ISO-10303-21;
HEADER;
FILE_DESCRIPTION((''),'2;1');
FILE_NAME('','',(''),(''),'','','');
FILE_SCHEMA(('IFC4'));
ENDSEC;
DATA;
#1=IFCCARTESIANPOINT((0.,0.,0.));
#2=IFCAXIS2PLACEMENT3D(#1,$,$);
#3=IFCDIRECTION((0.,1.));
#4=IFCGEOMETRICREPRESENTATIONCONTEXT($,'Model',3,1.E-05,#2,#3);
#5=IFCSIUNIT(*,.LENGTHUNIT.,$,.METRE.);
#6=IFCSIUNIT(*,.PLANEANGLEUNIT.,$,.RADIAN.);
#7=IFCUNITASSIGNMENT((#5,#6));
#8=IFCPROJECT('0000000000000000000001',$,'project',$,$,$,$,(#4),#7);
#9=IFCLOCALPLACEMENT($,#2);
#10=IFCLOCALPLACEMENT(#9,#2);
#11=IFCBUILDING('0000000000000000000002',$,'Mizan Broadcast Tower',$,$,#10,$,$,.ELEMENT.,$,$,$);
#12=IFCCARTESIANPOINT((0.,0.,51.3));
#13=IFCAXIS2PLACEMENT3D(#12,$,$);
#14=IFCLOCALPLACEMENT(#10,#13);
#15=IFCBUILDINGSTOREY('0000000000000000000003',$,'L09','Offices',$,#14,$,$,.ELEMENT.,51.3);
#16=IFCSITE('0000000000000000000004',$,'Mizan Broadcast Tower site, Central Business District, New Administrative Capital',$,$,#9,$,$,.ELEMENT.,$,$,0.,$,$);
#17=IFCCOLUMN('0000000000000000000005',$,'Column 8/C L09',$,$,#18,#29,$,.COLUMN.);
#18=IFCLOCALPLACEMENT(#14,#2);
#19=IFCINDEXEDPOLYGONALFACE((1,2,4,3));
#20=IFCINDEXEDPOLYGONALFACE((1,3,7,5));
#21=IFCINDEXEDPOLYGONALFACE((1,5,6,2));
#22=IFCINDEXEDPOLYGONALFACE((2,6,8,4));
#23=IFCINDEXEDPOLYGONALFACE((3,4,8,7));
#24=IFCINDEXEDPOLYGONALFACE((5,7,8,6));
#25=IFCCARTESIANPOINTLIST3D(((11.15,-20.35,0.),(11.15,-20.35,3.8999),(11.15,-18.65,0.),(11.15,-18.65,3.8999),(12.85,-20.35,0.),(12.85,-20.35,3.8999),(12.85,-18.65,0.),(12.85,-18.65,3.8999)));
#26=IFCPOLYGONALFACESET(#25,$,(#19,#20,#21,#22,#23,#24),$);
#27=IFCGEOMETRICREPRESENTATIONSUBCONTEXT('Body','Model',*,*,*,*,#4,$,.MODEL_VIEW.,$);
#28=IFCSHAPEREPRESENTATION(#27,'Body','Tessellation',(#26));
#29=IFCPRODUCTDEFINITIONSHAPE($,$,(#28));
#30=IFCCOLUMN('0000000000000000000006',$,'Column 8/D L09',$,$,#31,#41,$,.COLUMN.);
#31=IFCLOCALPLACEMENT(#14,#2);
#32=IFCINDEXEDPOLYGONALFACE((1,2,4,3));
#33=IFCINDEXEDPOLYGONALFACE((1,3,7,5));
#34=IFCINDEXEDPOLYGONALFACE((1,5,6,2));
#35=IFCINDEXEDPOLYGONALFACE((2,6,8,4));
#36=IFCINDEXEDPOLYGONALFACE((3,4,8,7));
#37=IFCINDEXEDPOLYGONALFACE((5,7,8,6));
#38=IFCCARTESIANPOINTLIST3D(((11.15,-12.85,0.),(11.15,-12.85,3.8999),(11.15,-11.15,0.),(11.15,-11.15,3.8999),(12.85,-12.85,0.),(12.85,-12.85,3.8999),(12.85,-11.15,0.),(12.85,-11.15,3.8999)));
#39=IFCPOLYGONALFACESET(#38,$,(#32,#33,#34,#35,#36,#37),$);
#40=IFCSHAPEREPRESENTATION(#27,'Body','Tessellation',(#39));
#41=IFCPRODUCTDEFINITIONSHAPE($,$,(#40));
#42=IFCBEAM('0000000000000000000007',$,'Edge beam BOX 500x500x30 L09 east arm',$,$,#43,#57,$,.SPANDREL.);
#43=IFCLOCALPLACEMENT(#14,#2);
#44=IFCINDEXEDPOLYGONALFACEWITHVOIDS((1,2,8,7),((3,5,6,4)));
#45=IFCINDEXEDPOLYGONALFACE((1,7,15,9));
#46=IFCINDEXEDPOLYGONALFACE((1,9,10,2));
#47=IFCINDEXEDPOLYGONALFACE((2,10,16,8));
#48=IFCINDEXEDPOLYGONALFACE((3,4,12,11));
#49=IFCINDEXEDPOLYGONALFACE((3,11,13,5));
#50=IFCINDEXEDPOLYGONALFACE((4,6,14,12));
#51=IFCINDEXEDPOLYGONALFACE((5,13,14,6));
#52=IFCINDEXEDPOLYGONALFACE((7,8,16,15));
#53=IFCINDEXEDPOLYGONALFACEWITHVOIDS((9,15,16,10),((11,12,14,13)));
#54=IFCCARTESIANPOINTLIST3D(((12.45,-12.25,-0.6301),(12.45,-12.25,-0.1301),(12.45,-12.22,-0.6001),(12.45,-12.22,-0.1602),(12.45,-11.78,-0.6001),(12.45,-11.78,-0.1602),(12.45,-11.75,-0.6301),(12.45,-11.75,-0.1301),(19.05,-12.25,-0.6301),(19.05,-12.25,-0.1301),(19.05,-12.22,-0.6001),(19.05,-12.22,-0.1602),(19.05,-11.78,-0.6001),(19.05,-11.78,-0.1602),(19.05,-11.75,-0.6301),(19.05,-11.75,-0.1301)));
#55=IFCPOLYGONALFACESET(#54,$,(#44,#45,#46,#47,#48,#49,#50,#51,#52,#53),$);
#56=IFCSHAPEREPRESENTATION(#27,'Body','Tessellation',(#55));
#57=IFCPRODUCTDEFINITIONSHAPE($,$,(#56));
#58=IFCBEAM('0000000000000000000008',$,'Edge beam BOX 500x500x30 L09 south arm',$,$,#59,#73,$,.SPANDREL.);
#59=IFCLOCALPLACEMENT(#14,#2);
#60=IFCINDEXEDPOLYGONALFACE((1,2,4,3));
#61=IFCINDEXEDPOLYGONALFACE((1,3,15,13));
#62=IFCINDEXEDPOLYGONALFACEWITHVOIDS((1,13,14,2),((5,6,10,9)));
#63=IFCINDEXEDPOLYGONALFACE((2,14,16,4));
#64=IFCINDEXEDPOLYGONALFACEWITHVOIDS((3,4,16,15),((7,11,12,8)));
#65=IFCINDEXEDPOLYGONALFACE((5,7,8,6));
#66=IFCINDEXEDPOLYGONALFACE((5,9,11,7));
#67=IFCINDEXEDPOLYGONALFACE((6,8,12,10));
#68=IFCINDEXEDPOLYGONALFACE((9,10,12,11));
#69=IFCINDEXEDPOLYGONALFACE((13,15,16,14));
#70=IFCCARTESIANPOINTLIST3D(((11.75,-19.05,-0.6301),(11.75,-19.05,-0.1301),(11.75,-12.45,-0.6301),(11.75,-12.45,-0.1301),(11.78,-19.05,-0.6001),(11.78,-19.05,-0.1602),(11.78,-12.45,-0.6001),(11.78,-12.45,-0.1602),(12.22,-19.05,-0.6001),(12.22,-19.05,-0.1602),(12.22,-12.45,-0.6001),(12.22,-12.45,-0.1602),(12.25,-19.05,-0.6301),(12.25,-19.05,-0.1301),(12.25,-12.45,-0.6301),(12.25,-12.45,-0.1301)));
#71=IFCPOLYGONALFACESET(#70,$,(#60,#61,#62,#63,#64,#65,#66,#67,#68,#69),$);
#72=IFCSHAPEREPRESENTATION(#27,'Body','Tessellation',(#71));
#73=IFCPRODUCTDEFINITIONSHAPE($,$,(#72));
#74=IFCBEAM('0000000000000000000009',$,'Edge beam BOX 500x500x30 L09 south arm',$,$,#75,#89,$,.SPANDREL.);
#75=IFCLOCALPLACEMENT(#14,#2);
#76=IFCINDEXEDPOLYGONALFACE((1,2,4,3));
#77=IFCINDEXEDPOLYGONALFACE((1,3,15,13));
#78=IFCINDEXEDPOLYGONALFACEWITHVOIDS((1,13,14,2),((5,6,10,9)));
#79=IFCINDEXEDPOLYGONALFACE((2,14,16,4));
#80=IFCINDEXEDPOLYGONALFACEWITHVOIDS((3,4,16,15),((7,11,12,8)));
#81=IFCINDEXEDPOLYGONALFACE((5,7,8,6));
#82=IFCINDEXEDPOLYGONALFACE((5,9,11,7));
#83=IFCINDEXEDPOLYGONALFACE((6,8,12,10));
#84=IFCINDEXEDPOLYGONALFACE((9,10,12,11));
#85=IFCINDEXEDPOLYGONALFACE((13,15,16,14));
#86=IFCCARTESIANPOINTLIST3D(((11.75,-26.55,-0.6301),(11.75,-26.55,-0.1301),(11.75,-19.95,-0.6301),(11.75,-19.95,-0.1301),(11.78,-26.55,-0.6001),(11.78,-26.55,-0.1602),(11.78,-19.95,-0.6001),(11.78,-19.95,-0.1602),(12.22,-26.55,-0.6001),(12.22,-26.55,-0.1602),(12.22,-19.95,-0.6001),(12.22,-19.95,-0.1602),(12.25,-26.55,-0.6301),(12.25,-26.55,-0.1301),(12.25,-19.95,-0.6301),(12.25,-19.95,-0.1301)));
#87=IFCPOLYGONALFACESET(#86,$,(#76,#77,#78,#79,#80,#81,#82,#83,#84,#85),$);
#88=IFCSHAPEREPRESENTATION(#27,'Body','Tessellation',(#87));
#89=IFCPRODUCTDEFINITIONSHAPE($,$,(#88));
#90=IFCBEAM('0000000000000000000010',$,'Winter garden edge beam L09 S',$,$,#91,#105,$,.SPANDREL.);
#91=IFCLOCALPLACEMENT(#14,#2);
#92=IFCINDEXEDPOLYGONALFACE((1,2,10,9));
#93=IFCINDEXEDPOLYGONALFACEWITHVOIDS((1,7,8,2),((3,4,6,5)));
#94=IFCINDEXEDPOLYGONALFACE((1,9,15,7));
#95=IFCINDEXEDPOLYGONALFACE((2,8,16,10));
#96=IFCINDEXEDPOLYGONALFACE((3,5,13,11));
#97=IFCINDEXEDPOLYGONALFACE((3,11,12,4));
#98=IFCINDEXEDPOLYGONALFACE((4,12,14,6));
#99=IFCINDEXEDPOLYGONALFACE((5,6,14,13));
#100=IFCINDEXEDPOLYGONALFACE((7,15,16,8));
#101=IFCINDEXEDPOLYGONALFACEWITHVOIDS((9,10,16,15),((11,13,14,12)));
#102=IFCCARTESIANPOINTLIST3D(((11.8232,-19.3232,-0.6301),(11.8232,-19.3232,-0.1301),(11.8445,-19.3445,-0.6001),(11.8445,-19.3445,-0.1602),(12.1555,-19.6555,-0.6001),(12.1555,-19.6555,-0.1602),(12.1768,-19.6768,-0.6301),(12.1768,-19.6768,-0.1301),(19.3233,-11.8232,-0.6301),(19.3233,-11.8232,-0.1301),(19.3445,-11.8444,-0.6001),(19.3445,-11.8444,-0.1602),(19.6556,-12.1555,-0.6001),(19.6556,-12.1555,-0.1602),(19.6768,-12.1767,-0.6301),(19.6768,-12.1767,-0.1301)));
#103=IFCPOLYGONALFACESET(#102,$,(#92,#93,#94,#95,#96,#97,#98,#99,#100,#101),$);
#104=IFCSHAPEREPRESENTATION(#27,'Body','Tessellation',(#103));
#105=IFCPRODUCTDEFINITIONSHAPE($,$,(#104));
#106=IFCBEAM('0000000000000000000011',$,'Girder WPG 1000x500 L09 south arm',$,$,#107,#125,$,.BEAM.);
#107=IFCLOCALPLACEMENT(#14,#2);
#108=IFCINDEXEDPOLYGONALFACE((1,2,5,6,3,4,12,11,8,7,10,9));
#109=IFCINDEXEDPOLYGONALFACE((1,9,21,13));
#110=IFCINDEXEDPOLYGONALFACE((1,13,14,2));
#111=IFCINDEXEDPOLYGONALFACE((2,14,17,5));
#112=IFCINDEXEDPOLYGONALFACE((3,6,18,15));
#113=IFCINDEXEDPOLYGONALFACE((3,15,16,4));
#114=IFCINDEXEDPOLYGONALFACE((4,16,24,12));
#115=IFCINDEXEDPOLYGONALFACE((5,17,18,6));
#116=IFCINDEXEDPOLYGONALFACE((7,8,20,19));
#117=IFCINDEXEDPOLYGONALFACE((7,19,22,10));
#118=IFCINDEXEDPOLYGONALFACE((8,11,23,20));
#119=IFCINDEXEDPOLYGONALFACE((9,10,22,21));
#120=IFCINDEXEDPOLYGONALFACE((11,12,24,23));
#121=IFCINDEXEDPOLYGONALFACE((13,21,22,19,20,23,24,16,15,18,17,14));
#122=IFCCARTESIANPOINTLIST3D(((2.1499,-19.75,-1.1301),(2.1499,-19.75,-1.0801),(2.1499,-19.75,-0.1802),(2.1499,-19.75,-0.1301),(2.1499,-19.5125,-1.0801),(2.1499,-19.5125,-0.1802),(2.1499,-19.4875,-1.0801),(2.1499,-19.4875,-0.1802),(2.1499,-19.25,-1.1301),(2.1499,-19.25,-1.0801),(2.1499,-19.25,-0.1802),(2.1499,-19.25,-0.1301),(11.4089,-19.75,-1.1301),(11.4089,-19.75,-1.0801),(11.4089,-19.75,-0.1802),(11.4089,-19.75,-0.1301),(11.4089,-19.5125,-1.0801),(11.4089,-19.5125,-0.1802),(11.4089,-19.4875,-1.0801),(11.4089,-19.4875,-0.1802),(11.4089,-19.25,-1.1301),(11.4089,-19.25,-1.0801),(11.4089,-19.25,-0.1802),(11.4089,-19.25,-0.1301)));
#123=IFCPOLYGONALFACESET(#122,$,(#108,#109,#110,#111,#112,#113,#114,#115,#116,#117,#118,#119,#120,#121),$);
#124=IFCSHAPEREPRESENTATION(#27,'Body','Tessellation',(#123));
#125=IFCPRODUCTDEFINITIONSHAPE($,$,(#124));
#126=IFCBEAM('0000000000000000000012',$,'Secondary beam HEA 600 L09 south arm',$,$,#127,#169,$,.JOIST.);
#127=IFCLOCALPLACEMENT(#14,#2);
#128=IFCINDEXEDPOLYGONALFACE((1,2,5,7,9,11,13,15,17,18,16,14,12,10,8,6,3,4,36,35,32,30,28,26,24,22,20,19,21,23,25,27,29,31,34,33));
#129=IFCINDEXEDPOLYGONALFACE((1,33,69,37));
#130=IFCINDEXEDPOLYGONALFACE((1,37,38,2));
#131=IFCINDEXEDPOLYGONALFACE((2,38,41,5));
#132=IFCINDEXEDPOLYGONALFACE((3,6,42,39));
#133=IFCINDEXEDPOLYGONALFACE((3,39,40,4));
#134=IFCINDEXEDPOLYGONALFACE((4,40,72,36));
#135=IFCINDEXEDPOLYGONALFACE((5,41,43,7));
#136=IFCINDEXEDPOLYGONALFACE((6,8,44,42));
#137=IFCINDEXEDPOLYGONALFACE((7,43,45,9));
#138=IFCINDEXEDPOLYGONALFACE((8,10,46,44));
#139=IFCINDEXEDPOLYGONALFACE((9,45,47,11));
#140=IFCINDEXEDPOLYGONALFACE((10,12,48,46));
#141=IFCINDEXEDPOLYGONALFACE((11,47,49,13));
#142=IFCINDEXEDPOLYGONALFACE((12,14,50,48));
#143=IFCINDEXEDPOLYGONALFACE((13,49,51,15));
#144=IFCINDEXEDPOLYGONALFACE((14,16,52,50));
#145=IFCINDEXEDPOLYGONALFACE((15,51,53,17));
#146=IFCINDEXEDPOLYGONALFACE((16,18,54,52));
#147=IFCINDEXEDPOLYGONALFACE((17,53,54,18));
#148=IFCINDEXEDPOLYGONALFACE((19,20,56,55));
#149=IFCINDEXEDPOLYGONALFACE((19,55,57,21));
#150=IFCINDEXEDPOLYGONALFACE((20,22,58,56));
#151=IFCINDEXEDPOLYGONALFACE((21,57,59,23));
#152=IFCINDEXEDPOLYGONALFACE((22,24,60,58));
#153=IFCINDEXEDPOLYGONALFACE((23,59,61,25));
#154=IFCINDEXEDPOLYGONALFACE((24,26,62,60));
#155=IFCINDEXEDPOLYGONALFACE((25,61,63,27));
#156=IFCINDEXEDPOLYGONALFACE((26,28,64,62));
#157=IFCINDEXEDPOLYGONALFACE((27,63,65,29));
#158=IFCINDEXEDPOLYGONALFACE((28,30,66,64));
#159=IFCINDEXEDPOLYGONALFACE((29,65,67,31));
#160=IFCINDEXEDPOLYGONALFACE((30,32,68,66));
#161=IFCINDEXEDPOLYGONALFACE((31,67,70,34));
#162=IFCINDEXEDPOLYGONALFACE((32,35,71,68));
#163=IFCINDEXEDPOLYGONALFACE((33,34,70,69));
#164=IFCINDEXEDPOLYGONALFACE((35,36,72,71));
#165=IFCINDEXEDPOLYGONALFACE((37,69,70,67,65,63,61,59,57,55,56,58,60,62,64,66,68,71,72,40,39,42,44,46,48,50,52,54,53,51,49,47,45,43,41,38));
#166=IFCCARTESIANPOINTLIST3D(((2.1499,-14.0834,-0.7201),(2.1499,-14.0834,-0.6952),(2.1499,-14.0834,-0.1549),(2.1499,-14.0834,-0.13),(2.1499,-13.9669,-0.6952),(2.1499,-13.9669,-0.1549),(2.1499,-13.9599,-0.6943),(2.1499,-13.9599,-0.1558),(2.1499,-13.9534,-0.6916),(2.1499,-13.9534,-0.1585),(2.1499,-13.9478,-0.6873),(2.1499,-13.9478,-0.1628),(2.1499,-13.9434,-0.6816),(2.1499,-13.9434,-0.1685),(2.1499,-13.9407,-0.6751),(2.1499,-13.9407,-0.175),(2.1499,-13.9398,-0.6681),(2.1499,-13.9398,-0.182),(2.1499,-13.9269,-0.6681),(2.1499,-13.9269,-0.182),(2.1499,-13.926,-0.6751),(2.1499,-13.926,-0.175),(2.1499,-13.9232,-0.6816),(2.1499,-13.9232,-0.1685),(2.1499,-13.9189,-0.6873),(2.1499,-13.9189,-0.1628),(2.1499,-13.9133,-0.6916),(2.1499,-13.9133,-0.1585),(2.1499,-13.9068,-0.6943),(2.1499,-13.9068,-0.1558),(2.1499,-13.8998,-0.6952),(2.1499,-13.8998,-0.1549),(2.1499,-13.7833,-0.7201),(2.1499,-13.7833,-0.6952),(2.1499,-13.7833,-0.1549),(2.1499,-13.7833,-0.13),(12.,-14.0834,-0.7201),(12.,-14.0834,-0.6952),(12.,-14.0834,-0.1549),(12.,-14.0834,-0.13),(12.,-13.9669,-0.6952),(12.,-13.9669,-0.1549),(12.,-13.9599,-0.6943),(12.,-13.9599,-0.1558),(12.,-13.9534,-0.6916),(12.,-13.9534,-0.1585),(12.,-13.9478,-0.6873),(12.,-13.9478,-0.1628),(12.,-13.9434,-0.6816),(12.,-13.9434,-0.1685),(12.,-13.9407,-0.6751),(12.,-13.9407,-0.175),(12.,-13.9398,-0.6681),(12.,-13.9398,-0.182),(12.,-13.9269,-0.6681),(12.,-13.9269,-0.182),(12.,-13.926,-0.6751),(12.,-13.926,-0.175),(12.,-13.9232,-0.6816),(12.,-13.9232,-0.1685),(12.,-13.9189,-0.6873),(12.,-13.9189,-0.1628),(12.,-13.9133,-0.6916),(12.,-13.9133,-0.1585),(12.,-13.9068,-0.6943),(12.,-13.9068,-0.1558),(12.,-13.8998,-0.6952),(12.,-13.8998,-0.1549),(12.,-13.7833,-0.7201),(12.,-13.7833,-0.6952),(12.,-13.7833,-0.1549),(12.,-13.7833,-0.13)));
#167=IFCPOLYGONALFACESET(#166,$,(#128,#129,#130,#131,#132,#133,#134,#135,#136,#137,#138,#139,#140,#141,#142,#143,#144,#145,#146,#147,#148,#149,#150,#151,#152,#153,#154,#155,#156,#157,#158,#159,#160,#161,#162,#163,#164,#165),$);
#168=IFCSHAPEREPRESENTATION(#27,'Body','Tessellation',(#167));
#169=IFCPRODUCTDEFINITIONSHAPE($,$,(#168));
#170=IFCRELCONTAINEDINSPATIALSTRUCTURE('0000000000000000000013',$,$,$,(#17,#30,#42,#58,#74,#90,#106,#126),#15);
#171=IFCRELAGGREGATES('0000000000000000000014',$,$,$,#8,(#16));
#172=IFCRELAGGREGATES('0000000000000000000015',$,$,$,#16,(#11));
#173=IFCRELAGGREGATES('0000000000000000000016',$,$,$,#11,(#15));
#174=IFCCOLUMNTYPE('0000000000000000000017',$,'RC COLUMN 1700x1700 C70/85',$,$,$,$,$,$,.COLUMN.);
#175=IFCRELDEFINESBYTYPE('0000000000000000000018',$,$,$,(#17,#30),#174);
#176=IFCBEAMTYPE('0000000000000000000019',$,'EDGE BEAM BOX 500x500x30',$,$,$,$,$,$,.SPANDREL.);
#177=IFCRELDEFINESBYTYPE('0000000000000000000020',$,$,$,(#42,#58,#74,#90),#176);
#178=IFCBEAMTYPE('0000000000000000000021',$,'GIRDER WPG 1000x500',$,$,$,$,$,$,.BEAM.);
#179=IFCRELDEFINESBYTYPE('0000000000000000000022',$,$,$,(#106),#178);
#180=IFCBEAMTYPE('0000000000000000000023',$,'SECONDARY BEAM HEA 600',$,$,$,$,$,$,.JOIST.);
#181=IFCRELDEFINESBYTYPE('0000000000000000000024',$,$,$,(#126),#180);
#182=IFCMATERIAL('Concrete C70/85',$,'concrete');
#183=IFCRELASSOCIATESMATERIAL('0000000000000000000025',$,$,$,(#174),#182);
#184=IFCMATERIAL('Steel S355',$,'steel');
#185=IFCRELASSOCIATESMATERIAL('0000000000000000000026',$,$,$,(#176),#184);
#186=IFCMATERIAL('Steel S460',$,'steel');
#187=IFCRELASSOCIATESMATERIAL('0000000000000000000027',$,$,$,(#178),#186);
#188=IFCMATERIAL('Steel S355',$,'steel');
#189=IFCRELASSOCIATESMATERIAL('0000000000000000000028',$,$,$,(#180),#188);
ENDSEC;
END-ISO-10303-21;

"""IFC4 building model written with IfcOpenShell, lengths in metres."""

from ifc_helpers import new_model, si_unit, direction, frame, origin, origin_2d, place, context, subcontext, project, spatial, rectangle, hollow_rectangle, i_section, extrude, material, material_profile, profile_set, type_object, element, save


model = new_model("IFC4")

# Units and contexts
model_context = context("Model", 3, precision=1e-05, world=origin(), true_north=direction((0.0, 1.0)))
body_context = subcontext(model_context, "Body", "Model", "MODEL_VIEW")
ifc_project = project(units=[si_unit("LENGTHUNIT", "METRE"), si_unit("PLANEANGLEUNIT", "RADIAN")], contexts=[model_context])

# Site, building, storey
site_placement = place(None, origin())
site = spatial("IfcSite", under=ifc_project, at=site_placement, Name="Mizan Broadcast Tower site, Central Business District, New Administrative Capital", CompositionType="ELEMENT", RefElevation=0.0)
building_placement = place(site_placement, origin())
building = spatial("IfcBuilding", under=site, at=building_placement, Name="Mizan Broadcast Tower", CompositionType="ELEMENT")
storey_placement = place(building_placement, frame((0.0, 0.0, 51.3)))
storey = spatial("IfcBuildingStorey", under=building, at=storey_placement, Name="L09", Description="Offices", CompositionType="ELEMENT", Elevation=51.3)

# Columns
ifc_material_1 = material(Name="Concrete C70/85", Category="concrete")
ifc_material_profile_1 = material_profile(ifc_material_1, rectangle(XDim=1.7, YDim=1.7, at=origin_2d()), Name="RC 1700x1700")
ifc_profile_set_1 = profile_set([ifc_material_profile_1], Name="Concrete C70/85")
column_type = type_object("IfcColumnType", Name="RC COLUMN 1700x1700 C70/85", PredefinedType="COLUMN", material=ifc_profile_set_1)
for number, where, z_axis, x_axis, name in (
    (1, (12.0, -19.5, 0.0), (0.0, 0.0, 1.0), (1.0, 0.0, 0.0), "Column 8/C L09"),
    (2, (12.0, -12.0, 0.0), (0.0, 0.0, 1.0), (1.0, 0.0, 0.0), "Column 8/D L09"),
):
    element("IfcColumn", number, at=place(storey_placement, frame(where, z_axis=z_axis, x_axis=x_axis)), inside=storey, type_object=column_type, Name=name, PredefinedType="COLUMN", context=body_context, shape_type="SweptSolid", body=[
        extrude(rectangle(XDim=1.7, YDim=1.7, at=origin_2d()), origin(), (0.0, 0.0, 1.0), 3.8999),
    ])

# Beams
ifc_material_2 = material(Name="Steel S355", Category="steel")
ifc_material_profile_2 = material_profile(ifc_material_2, hollow_rectangle(XDim=0.5, YDim=0.5, WallThickness=0.03, at=origin_2d()), Name="BOX 500x500x30")
ifc_profile_set_2 = profile_set([ifc_material_profile_2], Name="Steel S355")
beam_type_1 = type_object("IfcBeamType", Name="EDGE BEAM BOX 500x500x30", PredefinedType="SPANDREL", material=ifc_profile_set_2)
for number, where, z_axis, x_axis, name in (
    (3, (12.45, -12.0, -0.3801), (1.0, 0.0, 0.0), (0.0, 1.0, 0.0), "Edge beam BOX 500x500x30 L09 east arm"),
    (4, (12.0, -12.45, -0.3801), (0.0, -1.0, 0.0), (1.0, 0.0, 0.0), "Edge beam BOX 500x500x30 L09 south arm"),
    (5, (12.0, -19.95, -0.3801), (0.0, -1.0, 0.0), (1.0, 0.0, 0.0), "Edge beam BOX 500x500x30 L09 south arm"),
):
    element("IfcBeam", number, at=place(storey_placement, frame(where, z_axis=z_axis, x_axis=x_axis)), inside=storey, type_object=beam_type_1, Name=name, PredefinedType="SPANDREL", context=body_context, shape_type="SweptSolid", body=[
        extrude(hollow_rectangle(XDim=0.5, YDim=0.5, WallThickness=0.03, at=origin_2d()), origin(), (0.0, 0.0, 1.0), 6.6001),
    ])
beam_1_placement = place(storey_placement, frame((12.0, -19.5, -0.3801), z_axis=(0.707107, 0.707107, 0.0), x_axis=(-0.707107, 0.707107, 0.0)))
element("IfcBeam", 6, at=beam_1_placement, inside=storey, type_object=beam_type_1, Name="Winter garden edge beam L09 S", PredefinedType="SPANDREL", context=body_context, shape_type="SweptSolid", body=[
    extrude(hollow_rectangle(XDim=0.5, YDim=0.5, WallThickness=0.03, at=origin_2d()), origin(), (0.0, 0.0, 1.0), 10.6067),
])
ifc_material_3 = material(Name="Steel S460", Category="steel")
ifc_material_profile_3 = material_profile(ifc_material_3, i_section(OverallWidth=0.5, OverallDepth=1.0, WebThickness=0.0249, FlangeThickness=0.05, at=origin_2d()), Name="WPG 1000x500")
ifc_profile_set_3 = profile_set([ifc_material_profile_3], Name="Steel S460")
beam_type_2 = type_object("IfcBeamType", Name="GIRDER WPG 1000x500", PredefinedType="BEAM", material=ifc_profile_set_3)
beam_2_placement = place(storey_placement, frame((11.4089, -19.5, -0.6301), z_axis=(-1.0, 0.0, 0.0), x_axis=(0.0, -1.0, 0.0)))
element("IfcBeam", 7, at=beam_2_placement, inside=storey, type_object=beam_type_2, Name="Girder WPG 1000x500 L09 south arm", PredefinedType="BEAM", context=body_context, shape_type="SweptSolid", body=[
    extrude(i_section(OverallWidth=0.5, OverallDepth=1.0, WebThickness=0.0249, FlangeThickness=0.05, at=origin_2d()), origin(), (0.0, 0.0, 1.0), 9.259),
])
ifc_material_4 = material(Name="Steel S355", Category="steel")
ifc_material_profile_4 = material_profile(ifc_material_4, i_section(OverallWidth=0.3, OverallDepth=0.5901, WebThickness=0.0129, FlangeThickness=0.0249, FilletRadius=0.0271, at=origin_2d()), Name="HEA 600")
ifc_profile_set_4 = profile_set([ifc_material_profile_4], Name="Steel S355")
beam_type_3 = type_object("IfcBeamType", Name="SECONDARY BEAM HEA 600", PredefinedType="JOIST", material=ifc_profile_set_4)
for number, where, z_axis, x_axis, name in (
    (8, (12.0, -13.9333, -0.425), (-1.0, 0.0, 0.0), (0.0, -1.0, 0.0), "Secondary beam HEA 600 L09 south arm"),
):
    element("IfcBeam", number, at=place(storey_placement, frame(where, z_axis=z_axis, x_axis=x_axis)), inside=storey, type_object=beam_type_3, Name=name, PredefinedType="JOIST", context=body_context, shape_type="SweptSolid", body=[
        extrude(i_section(OverallWidth=0.3, OverallDepth=0.5901, WebThickness=0.0129, FlangeThickness=0.0249, FilletRadius=0.0271, at=origin_2d()), origin(), (0.0, 0.0, 1.0), 9.8501),
    ])

save(model, "model.ifc")
